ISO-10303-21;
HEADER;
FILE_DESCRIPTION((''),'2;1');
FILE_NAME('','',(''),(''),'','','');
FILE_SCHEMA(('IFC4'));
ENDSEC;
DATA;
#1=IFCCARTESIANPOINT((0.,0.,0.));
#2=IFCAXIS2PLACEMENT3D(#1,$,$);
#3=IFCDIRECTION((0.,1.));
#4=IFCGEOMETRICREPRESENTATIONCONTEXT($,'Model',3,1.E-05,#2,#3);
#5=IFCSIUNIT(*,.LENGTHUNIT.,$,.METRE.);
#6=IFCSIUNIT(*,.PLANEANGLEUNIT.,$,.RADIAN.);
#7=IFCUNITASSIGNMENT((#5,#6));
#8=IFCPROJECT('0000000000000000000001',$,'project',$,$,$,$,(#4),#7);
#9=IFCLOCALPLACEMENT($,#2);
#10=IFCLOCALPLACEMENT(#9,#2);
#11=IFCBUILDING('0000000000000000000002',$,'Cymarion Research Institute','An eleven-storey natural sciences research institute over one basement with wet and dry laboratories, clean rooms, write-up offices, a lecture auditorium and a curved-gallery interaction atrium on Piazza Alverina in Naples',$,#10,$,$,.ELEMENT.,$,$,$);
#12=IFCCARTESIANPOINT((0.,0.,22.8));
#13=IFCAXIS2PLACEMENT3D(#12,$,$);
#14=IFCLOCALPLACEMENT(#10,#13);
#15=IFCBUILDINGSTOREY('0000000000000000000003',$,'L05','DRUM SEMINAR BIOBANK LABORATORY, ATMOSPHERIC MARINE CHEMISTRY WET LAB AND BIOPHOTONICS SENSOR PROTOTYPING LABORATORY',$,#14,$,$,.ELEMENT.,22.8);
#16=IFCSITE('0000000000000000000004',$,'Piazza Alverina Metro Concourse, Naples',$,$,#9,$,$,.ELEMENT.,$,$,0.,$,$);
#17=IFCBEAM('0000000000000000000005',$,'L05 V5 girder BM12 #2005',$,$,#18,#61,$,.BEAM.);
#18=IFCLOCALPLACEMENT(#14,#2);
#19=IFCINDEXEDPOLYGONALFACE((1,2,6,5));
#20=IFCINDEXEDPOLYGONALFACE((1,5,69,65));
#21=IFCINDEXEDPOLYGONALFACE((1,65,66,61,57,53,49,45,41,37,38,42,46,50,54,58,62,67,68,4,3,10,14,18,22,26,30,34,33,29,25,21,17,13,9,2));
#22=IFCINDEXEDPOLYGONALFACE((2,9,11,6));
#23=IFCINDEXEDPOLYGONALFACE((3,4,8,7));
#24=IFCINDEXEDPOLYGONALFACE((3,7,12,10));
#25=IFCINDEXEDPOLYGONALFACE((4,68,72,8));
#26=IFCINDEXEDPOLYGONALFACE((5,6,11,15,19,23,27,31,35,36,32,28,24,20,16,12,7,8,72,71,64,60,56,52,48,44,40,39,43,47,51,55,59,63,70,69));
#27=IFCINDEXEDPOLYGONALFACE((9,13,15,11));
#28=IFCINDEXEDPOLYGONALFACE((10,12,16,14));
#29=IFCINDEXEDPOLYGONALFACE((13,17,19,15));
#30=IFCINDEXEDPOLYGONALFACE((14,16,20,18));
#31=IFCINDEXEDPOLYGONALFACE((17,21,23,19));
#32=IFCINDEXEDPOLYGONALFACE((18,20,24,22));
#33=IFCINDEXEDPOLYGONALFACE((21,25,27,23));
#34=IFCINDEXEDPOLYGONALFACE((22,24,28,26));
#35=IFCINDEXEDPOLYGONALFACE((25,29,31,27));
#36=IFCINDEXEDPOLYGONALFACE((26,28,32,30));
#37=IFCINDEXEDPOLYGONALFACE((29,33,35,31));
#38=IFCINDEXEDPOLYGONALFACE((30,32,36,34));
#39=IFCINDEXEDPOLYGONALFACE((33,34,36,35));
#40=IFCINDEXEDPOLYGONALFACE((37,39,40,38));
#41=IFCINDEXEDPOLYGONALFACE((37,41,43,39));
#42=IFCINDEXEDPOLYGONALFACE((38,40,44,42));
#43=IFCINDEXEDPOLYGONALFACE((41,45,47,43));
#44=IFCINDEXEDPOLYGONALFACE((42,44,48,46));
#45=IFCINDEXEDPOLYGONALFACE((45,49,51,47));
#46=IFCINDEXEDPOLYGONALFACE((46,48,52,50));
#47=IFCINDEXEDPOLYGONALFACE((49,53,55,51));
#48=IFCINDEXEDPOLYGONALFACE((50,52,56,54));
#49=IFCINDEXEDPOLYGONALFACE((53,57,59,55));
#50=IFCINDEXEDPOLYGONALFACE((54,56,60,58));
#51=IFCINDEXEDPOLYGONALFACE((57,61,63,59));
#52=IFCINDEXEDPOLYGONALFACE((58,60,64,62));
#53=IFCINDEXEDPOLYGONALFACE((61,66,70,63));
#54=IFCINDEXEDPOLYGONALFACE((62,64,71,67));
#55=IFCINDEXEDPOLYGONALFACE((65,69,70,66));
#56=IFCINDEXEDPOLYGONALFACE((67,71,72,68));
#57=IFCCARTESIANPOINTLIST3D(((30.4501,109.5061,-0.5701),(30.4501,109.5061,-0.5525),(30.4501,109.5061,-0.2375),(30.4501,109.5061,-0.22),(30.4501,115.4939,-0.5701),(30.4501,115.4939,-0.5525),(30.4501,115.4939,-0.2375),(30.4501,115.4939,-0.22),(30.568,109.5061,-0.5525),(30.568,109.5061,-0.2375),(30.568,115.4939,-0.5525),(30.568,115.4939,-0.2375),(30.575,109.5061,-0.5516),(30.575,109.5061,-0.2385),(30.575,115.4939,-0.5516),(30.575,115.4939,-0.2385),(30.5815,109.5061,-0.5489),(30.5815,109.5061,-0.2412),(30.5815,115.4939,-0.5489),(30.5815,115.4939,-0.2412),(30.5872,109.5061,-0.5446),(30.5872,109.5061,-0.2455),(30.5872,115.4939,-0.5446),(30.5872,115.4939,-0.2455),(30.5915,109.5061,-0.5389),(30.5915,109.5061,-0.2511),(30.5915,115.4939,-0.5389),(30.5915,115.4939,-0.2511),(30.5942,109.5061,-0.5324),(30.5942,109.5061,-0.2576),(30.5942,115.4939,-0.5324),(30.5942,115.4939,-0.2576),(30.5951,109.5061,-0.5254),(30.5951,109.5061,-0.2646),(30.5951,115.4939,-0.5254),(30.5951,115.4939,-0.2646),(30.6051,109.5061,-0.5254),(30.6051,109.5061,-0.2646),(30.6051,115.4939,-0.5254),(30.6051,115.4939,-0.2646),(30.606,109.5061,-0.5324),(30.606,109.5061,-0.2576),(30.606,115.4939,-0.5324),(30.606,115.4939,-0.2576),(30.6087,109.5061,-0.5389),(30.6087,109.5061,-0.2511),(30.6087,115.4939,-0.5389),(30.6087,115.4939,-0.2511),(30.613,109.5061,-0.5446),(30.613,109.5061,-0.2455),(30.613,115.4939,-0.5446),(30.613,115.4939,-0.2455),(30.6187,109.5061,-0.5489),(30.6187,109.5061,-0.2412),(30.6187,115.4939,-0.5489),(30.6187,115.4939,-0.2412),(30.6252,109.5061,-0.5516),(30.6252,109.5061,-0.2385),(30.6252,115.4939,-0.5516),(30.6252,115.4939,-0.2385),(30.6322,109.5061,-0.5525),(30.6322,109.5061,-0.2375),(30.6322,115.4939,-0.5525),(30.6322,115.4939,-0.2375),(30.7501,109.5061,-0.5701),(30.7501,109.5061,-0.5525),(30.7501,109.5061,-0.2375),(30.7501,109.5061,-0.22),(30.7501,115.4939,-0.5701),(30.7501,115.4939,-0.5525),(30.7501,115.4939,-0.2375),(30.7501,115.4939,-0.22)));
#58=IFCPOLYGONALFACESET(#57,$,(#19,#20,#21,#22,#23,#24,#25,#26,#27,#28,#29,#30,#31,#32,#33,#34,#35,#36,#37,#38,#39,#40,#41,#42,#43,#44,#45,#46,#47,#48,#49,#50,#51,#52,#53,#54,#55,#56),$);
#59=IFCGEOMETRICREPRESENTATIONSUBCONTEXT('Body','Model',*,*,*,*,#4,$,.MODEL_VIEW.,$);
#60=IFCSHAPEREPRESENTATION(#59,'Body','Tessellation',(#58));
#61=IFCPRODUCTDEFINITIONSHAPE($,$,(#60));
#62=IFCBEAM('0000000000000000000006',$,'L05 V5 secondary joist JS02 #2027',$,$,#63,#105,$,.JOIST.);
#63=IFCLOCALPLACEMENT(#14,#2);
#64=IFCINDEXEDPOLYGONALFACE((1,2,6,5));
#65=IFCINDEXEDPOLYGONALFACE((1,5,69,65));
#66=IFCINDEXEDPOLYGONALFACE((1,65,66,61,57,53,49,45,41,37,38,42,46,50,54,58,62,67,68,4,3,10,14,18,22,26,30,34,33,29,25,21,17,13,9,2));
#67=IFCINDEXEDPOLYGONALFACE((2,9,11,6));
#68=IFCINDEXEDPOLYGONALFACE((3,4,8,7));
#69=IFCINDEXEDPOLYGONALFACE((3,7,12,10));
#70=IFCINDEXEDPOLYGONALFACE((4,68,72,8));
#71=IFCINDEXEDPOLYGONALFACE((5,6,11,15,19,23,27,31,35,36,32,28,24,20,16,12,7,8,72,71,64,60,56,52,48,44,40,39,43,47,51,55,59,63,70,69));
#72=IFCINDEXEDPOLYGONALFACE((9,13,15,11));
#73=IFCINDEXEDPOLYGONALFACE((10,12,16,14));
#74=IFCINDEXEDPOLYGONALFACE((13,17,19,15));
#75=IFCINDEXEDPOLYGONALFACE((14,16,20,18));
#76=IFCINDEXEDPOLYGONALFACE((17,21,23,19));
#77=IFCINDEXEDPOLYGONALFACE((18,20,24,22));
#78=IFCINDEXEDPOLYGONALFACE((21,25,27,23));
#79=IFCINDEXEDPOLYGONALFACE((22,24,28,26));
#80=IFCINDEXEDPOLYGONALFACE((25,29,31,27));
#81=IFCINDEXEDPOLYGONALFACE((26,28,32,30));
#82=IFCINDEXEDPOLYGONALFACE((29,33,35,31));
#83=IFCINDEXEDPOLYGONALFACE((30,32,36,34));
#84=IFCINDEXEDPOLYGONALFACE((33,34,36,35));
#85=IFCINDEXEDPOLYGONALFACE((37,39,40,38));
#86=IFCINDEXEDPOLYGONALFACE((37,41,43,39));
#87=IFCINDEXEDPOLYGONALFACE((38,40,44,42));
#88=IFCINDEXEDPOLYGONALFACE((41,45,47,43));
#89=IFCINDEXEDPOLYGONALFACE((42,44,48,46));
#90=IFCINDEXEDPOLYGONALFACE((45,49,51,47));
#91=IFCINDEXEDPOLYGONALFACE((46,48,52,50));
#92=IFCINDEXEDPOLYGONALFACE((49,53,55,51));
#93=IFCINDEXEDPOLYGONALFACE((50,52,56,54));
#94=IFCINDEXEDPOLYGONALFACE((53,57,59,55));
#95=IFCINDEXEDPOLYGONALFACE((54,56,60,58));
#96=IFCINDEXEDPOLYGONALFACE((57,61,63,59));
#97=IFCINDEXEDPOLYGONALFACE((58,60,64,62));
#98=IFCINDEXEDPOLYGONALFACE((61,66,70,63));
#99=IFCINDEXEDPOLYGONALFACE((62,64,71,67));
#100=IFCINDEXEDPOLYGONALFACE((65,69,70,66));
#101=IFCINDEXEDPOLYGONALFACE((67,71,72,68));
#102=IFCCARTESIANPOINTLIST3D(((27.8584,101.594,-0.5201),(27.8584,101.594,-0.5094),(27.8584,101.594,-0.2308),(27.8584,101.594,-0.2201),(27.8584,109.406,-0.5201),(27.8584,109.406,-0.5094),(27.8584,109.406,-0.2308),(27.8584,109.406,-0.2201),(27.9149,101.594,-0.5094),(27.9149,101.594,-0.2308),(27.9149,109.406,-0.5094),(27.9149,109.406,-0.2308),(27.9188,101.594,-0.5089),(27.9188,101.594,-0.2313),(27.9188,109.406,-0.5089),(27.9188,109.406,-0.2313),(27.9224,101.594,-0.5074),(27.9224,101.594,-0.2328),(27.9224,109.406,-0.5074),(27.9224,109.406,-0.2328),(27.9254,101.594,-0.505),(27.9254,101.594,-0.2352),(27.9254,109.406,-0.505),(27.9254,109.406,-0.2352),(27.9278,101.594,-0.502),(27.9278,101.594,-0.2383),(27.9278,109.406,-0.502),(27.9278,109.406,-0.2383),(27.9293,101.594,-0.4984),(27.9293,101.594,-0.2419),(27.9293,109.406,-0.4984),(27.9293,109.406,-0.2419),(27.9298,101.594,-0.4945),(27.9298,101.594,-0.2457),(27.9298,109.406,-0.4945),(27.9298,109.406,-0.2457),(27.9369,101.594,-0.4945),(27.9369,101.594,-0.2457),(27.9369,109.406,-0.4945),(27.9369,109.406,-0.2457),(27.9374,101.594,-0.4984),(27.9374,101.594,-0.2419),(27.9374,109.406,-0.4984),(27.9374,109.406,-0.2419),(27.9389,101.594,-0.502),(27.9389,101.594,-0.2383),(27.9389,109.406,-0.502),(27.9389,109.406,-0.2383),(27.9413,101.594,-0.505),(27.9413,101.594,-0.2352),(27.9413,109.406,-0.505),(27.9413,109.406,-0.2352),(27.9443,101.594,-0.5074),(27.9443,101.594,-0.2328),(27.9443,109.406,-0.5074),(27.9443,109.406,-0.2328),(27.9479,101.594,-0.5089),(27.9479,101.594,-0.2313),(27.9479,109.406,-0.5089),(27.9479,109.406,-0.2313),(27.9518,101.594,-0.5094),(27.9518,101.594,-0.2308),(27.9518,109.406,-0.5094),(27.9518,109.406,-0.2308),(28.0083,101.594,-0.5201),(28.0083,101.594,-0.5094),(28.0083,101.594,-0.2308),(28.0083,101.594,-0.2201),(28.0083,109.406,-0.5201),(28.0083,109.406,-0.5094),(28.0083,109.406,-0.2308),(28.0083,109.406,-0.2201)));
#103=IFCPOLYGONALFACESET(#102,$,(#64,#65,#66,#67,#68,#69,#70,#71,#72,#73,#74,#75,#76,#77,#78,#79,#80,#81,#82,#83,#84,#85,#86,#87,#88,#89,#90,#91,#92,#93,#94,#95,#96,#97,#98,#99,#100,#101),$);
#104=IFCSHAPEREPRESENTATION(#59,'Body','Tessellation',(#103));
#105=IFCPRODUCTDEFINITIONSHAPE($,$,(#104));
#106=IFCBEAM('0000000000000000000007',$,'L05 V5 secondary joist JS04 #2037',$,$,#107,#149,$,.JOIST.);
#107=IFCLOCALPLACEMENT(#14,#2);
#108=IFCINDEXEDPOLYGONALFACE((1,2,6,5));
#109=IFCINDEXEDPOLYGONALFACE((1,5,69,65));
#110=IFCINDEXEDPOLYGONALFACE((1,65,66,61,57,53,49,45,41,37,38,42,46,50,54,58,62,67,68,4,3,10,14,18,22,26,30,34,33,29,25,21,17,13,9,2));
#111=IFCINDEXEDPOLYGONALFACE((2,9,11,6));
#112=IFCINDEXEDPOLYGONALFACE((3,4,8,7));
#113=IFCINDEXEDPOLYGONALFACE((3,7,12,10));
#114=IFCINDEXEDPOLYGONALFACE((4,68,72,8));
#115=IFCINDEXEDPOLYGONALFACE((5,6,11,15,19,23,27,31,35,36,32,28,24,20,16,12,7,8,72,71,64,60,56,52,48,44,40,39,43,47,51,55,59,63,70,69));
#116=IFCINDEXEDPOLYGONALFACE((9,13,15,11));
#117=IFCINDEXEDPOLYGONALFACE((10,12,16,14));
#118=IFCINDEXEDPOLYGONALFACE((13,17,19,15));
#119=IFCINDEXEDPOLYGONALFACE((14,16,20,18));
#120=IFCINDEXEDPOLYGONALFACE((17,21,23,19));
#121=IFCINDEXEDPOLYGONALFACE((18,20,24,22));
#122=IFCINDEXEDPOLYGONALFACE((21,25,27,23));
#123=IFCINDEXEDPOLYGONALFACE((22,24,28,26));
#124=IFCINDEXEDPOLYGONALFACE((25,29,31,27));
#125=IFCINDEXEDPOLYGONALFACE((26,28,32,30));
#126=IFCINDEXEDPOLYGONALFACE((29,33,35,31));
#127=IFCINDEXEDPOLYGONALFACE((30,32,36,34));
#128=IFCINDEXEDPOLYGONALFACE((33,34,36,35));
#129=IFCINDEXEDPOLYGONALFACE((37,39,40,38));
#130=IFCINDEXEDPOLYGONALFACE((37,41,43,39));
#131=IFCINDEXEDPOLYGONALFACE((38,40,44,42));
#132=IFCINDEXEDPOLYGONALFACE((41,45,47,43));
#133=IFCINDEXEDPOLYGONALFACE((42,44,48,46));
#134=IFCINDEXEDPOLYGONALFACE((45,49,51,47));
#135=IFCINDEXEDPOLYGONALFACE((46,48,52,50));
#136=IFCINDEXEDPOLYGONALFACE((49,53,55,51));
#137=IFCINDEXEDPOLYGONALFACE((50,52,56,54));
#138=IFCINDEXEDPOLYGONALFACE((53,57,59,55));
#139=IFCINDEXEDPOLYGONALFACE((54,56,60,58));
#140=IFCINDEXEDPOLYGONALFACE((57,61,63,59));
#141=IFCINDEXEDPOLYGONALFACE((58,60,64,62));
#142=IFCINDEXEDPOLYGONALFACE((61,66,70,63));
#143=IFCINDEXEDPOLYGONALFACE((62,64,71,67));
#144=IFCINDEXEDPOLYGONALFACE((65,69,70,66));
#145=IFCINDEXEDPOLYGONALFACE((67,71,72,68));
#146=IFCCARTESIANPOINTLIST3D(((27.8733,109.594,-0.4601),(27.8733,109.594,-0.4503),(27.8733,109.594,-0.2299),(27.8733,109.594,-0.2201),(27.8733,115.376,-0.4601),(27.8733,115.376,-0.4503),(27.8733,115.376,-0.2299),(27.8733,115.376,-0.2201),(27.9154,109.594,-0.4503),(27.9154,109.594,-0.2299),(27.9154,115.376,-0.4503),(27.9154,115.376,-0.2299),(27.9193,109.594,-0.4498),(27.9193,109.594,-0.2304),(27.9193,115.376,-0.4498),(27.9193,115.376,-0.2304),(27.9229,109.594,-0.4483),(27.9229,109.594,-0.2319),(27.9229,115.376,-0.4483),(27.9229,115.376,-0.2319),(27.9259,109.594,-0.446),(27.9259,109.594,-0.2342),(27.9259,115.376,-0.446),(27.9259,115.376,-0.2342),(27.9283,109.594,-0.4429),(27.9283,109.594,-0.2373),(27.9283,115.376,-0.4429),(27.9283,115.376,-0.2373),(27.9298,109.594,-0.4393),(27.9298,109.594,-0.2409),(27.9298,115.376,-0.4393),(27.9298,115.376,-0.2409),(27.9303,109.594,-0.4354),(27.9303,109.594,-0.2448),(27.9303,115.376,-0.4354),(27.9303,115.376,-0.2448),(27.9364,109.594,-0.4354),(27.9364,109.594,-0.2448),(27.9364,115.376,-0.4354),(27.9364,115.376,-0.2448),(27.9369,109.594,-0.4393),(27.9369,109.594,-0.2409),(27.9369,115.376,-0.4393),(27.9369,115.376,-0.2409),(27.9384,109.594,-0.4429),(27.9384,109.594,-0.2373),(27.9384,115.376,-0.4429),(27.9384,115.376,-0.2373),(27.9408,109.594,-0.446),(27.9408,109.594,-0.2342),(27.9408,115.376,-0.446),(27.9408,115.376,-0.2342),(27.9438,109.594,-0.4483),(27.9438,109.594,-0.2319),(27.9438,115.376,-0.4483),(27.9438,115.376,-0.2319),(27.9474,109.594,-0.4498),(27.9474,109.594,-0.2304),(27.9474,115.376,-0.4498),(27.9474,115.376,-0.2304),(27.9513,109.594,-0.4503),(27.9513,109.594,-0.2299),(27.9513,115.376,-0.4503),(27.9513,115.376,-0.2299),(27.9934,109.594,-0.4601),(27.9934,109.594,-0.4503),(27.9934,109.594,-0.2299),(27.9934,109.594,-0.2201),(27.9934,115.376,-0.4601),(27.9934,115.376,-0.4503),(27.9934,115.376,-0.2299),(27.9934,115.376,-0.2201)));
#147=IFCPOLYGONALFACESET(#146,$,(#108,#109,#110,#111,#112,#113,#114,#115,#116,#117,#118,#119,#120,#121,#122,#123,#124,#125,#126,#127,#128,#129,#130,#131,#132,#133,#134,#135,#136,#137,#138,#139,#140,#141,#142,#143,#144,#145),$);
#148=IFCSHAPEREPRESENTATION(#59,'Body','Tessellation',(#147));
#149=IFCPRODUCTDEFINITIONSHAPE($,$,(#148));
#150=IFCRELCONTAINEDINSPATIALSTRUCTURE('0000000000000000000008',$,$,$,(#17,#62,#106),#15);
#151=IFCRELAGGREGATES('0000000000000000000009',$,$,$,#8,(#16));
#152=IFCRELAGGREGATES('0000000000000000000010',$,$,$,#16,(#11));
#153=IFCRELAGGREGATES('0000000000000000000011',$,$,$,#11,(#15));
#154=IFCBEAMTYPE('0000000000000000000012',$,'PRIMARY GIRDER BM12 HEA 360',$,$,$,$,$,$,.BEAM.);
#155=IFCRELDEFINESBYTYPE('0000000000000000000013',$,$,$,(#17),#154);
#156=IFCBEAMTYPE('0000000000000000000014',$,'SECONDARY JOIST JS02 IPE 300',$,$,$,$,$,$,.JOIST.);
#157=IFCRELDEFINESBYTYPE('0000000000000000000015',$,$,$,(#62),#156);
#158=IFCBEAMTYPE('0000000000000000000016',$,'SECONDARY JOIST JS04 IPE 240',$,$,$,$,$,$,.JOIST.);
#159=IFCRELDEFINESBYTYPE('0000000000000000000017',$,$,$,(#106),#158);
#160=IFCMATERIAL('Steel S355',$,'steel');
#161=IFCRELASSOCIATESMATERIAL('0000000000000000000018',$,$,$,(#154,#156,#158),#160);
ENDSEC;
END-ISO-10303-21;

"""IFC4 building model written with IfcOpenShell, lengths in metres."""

from ifc_helpers import new_model, si_unit, direction, frame, origin, origin_2d, place, context, subcontext, project, spatial, i_section, extrude, material, material_profile, profile_set, type_object, element, save


model = new_model("IFC4")

# Units and contexts
model_context = context("Model", 3, precision=1e-05, world=origin(), true_north=direction((0.0, 1.0)))
body_context = subcontext(model_context, "Body", "Model", "MODEL_VIEW")
ifc_project = project(units=[si_unit("LENGTHUNIT", "METRE"), si_unit("PLANEANGLEUNIT", "RADIAN")], contexts=[model_context])

# Site, building, storey
site_placement = place(None, origin())
site = spatial("IfcSite", under=ifc_project, at=site_placement, Name="Piazza Alverina Metro Concourse, Naples", CompositionType="ELEMENT", RefElevation=0.0)
building_placement = place(site_placement, origin())
building = spatial("IfcBuilding", under=site, at=building_placement, Name="Cymarion Research Institute", Description="An eleven-storey natural sciences research institute over one basement with wet and dry laboratories, clean rooms, write-up offices, a lecture auditorium and a curved-gallery interaction atrium on Piazza Alverina in Naples", CompositionType="ELEMENT")
storey_placement = place(building_placement, frame((0.0, 0.0, 22.8)))
storey = spatial("IfcBuildingStorey", under=building, at=storey_placement, Name="L05", Description="DRUM SEMINAR BIOBANK LABORATORY, ATMOSPHERIC MARINE CHEMISTRY WET LAB AND BIOPHOTONICS SENSOR PROTOTYPING LABORATORY", CompositionType="ELEMENT", Elevation=22.8)

# Shared definitions
ifc_material_1 = material(Name="Steel S355", Category="steel")

# Beams
ifc_material_profile_1 = material_profile(ifc_material_1, i_section(OverallWidth=0.3, OverallDepth=0.3501, WebThickness=0.01, FlangeThickness=0.0176, FilletRadius=0.0271, at=origin_2d()), Name="HEA 360")
ifc_profile_set_1 = profile_set([ifc_material_profile_1], Name="Steel S355")
beam_type_1 = type_object("IfcBeamType", Name="PRIMARY GIRDER BM12 HEA 360", PredefinedType="BEAM", material=ifc_profile_set_1)
beam_1_placement = place(storey_placement, frame((30.6001, 109.5061, -0.395), z_axis=(0.0, 1.0, 0.0), x_axis=(-1.0, 0.0, 0.0)))
element("IfcBeam", 1, at=beam_1_placement, inside=storey, type_object=beam_type_1, Name="L05 V5 girder BM12 #2005", PredefinedType="BEAM", context=body_context, shape_type="SweptSolid", body=[
    extrude(i_section(OverallWidth=0.3, OverallDepth=0.3501, WebThickness=0.01, FlangeThickness=0.0176, FilletRadius=0.0271, at=origin_2d()), origin(), (0.0, 0.0, 1.0), 5.9878),
])
ifc_material_profile_2 = material_profile(ifc_material_1, i_section(OverallWidth=0.1499, OverallDepth=0.3, WebThickness=0.0071, FlangeThickness=0.0107, FilletRadius=0.0149, at=origin_2d()), Name="IPE 300")
ifc_profile_set_2 = profile_set([ifc_material_profile_2], Name="Steel S355")
beam_type_2 = type_object("IfcBeamType", Name="SECONDARY JOIST JS02 IPE 300", PredefinedType="JOIST", material=ifc_profile_set_2)
beam_2_placement = place(storey_placement, frame((27.9333, 101.594, -0.3701), z_axis=(0.0, 1.0, 0.0), x_axis=(-1.0, 0.0, 0.0)))
element("IfcBeam", 2, at=beam_2_placement, inside=storey, type_object=beam_type_2, Name="L05 V5 secondary joist JS02 #2027", PredefinedType="JOIST", context=body_context, shape_type="SweptSolid", body=[
    extrude(i_section(OverallWidth=0.1499, OverallDepth=0.3, WebThickness=0.0071, FlangeThickness=0.0107, FilletRadius=0.0149, at=origin_2d()), origin(), (0.0, 0.0, 1.0), 7.812),
])
ifc_material_profile_3 = material_profile(ifc_material_1, i_section(OverallWidth=0.1201, OverallDepth=0.24, WebThickness=0.0061, FlangeThickness=0.0098, FilletRadius=0.0149, at=origin_2d()), Name="IPE 240")
ifc_profile_set_3 = profile_set([ifc_material_profile_3], Name="Steel S355")
beam_type_3 = type_object("IfcBeamType", Name="SECONDARY JOIST JS04 IPE 240", PredefinedType="JOIST", material=ifc_profile_set_3)
beam_3_placement = place(storey_placement, frame((27.9333, 109.594, -0.3401), z_axis=(0.0, 1.0, 0.0), x_axis=(-1.0, 0.0, 0.0)))
element("IfcBeam", 3, at=beam_3_placement, inside=storey, type_object=beam_type_3, Name="L05 V5 secondary joist JS04 #2037", PredefinedType="JOIST", context=body_context, shape_type="SweptSolid", body=[
    extrude(i_section(OverallWidth=0.1201, OverallDepth=0.24, WebThickness=0.0061, FlangeThickness=0.0098, FilletRadius=0.0149, at=origin_2d()), origin(), (0.0, 0.0, 1.0), 5.782),
])

save(model, "model.ifc")
